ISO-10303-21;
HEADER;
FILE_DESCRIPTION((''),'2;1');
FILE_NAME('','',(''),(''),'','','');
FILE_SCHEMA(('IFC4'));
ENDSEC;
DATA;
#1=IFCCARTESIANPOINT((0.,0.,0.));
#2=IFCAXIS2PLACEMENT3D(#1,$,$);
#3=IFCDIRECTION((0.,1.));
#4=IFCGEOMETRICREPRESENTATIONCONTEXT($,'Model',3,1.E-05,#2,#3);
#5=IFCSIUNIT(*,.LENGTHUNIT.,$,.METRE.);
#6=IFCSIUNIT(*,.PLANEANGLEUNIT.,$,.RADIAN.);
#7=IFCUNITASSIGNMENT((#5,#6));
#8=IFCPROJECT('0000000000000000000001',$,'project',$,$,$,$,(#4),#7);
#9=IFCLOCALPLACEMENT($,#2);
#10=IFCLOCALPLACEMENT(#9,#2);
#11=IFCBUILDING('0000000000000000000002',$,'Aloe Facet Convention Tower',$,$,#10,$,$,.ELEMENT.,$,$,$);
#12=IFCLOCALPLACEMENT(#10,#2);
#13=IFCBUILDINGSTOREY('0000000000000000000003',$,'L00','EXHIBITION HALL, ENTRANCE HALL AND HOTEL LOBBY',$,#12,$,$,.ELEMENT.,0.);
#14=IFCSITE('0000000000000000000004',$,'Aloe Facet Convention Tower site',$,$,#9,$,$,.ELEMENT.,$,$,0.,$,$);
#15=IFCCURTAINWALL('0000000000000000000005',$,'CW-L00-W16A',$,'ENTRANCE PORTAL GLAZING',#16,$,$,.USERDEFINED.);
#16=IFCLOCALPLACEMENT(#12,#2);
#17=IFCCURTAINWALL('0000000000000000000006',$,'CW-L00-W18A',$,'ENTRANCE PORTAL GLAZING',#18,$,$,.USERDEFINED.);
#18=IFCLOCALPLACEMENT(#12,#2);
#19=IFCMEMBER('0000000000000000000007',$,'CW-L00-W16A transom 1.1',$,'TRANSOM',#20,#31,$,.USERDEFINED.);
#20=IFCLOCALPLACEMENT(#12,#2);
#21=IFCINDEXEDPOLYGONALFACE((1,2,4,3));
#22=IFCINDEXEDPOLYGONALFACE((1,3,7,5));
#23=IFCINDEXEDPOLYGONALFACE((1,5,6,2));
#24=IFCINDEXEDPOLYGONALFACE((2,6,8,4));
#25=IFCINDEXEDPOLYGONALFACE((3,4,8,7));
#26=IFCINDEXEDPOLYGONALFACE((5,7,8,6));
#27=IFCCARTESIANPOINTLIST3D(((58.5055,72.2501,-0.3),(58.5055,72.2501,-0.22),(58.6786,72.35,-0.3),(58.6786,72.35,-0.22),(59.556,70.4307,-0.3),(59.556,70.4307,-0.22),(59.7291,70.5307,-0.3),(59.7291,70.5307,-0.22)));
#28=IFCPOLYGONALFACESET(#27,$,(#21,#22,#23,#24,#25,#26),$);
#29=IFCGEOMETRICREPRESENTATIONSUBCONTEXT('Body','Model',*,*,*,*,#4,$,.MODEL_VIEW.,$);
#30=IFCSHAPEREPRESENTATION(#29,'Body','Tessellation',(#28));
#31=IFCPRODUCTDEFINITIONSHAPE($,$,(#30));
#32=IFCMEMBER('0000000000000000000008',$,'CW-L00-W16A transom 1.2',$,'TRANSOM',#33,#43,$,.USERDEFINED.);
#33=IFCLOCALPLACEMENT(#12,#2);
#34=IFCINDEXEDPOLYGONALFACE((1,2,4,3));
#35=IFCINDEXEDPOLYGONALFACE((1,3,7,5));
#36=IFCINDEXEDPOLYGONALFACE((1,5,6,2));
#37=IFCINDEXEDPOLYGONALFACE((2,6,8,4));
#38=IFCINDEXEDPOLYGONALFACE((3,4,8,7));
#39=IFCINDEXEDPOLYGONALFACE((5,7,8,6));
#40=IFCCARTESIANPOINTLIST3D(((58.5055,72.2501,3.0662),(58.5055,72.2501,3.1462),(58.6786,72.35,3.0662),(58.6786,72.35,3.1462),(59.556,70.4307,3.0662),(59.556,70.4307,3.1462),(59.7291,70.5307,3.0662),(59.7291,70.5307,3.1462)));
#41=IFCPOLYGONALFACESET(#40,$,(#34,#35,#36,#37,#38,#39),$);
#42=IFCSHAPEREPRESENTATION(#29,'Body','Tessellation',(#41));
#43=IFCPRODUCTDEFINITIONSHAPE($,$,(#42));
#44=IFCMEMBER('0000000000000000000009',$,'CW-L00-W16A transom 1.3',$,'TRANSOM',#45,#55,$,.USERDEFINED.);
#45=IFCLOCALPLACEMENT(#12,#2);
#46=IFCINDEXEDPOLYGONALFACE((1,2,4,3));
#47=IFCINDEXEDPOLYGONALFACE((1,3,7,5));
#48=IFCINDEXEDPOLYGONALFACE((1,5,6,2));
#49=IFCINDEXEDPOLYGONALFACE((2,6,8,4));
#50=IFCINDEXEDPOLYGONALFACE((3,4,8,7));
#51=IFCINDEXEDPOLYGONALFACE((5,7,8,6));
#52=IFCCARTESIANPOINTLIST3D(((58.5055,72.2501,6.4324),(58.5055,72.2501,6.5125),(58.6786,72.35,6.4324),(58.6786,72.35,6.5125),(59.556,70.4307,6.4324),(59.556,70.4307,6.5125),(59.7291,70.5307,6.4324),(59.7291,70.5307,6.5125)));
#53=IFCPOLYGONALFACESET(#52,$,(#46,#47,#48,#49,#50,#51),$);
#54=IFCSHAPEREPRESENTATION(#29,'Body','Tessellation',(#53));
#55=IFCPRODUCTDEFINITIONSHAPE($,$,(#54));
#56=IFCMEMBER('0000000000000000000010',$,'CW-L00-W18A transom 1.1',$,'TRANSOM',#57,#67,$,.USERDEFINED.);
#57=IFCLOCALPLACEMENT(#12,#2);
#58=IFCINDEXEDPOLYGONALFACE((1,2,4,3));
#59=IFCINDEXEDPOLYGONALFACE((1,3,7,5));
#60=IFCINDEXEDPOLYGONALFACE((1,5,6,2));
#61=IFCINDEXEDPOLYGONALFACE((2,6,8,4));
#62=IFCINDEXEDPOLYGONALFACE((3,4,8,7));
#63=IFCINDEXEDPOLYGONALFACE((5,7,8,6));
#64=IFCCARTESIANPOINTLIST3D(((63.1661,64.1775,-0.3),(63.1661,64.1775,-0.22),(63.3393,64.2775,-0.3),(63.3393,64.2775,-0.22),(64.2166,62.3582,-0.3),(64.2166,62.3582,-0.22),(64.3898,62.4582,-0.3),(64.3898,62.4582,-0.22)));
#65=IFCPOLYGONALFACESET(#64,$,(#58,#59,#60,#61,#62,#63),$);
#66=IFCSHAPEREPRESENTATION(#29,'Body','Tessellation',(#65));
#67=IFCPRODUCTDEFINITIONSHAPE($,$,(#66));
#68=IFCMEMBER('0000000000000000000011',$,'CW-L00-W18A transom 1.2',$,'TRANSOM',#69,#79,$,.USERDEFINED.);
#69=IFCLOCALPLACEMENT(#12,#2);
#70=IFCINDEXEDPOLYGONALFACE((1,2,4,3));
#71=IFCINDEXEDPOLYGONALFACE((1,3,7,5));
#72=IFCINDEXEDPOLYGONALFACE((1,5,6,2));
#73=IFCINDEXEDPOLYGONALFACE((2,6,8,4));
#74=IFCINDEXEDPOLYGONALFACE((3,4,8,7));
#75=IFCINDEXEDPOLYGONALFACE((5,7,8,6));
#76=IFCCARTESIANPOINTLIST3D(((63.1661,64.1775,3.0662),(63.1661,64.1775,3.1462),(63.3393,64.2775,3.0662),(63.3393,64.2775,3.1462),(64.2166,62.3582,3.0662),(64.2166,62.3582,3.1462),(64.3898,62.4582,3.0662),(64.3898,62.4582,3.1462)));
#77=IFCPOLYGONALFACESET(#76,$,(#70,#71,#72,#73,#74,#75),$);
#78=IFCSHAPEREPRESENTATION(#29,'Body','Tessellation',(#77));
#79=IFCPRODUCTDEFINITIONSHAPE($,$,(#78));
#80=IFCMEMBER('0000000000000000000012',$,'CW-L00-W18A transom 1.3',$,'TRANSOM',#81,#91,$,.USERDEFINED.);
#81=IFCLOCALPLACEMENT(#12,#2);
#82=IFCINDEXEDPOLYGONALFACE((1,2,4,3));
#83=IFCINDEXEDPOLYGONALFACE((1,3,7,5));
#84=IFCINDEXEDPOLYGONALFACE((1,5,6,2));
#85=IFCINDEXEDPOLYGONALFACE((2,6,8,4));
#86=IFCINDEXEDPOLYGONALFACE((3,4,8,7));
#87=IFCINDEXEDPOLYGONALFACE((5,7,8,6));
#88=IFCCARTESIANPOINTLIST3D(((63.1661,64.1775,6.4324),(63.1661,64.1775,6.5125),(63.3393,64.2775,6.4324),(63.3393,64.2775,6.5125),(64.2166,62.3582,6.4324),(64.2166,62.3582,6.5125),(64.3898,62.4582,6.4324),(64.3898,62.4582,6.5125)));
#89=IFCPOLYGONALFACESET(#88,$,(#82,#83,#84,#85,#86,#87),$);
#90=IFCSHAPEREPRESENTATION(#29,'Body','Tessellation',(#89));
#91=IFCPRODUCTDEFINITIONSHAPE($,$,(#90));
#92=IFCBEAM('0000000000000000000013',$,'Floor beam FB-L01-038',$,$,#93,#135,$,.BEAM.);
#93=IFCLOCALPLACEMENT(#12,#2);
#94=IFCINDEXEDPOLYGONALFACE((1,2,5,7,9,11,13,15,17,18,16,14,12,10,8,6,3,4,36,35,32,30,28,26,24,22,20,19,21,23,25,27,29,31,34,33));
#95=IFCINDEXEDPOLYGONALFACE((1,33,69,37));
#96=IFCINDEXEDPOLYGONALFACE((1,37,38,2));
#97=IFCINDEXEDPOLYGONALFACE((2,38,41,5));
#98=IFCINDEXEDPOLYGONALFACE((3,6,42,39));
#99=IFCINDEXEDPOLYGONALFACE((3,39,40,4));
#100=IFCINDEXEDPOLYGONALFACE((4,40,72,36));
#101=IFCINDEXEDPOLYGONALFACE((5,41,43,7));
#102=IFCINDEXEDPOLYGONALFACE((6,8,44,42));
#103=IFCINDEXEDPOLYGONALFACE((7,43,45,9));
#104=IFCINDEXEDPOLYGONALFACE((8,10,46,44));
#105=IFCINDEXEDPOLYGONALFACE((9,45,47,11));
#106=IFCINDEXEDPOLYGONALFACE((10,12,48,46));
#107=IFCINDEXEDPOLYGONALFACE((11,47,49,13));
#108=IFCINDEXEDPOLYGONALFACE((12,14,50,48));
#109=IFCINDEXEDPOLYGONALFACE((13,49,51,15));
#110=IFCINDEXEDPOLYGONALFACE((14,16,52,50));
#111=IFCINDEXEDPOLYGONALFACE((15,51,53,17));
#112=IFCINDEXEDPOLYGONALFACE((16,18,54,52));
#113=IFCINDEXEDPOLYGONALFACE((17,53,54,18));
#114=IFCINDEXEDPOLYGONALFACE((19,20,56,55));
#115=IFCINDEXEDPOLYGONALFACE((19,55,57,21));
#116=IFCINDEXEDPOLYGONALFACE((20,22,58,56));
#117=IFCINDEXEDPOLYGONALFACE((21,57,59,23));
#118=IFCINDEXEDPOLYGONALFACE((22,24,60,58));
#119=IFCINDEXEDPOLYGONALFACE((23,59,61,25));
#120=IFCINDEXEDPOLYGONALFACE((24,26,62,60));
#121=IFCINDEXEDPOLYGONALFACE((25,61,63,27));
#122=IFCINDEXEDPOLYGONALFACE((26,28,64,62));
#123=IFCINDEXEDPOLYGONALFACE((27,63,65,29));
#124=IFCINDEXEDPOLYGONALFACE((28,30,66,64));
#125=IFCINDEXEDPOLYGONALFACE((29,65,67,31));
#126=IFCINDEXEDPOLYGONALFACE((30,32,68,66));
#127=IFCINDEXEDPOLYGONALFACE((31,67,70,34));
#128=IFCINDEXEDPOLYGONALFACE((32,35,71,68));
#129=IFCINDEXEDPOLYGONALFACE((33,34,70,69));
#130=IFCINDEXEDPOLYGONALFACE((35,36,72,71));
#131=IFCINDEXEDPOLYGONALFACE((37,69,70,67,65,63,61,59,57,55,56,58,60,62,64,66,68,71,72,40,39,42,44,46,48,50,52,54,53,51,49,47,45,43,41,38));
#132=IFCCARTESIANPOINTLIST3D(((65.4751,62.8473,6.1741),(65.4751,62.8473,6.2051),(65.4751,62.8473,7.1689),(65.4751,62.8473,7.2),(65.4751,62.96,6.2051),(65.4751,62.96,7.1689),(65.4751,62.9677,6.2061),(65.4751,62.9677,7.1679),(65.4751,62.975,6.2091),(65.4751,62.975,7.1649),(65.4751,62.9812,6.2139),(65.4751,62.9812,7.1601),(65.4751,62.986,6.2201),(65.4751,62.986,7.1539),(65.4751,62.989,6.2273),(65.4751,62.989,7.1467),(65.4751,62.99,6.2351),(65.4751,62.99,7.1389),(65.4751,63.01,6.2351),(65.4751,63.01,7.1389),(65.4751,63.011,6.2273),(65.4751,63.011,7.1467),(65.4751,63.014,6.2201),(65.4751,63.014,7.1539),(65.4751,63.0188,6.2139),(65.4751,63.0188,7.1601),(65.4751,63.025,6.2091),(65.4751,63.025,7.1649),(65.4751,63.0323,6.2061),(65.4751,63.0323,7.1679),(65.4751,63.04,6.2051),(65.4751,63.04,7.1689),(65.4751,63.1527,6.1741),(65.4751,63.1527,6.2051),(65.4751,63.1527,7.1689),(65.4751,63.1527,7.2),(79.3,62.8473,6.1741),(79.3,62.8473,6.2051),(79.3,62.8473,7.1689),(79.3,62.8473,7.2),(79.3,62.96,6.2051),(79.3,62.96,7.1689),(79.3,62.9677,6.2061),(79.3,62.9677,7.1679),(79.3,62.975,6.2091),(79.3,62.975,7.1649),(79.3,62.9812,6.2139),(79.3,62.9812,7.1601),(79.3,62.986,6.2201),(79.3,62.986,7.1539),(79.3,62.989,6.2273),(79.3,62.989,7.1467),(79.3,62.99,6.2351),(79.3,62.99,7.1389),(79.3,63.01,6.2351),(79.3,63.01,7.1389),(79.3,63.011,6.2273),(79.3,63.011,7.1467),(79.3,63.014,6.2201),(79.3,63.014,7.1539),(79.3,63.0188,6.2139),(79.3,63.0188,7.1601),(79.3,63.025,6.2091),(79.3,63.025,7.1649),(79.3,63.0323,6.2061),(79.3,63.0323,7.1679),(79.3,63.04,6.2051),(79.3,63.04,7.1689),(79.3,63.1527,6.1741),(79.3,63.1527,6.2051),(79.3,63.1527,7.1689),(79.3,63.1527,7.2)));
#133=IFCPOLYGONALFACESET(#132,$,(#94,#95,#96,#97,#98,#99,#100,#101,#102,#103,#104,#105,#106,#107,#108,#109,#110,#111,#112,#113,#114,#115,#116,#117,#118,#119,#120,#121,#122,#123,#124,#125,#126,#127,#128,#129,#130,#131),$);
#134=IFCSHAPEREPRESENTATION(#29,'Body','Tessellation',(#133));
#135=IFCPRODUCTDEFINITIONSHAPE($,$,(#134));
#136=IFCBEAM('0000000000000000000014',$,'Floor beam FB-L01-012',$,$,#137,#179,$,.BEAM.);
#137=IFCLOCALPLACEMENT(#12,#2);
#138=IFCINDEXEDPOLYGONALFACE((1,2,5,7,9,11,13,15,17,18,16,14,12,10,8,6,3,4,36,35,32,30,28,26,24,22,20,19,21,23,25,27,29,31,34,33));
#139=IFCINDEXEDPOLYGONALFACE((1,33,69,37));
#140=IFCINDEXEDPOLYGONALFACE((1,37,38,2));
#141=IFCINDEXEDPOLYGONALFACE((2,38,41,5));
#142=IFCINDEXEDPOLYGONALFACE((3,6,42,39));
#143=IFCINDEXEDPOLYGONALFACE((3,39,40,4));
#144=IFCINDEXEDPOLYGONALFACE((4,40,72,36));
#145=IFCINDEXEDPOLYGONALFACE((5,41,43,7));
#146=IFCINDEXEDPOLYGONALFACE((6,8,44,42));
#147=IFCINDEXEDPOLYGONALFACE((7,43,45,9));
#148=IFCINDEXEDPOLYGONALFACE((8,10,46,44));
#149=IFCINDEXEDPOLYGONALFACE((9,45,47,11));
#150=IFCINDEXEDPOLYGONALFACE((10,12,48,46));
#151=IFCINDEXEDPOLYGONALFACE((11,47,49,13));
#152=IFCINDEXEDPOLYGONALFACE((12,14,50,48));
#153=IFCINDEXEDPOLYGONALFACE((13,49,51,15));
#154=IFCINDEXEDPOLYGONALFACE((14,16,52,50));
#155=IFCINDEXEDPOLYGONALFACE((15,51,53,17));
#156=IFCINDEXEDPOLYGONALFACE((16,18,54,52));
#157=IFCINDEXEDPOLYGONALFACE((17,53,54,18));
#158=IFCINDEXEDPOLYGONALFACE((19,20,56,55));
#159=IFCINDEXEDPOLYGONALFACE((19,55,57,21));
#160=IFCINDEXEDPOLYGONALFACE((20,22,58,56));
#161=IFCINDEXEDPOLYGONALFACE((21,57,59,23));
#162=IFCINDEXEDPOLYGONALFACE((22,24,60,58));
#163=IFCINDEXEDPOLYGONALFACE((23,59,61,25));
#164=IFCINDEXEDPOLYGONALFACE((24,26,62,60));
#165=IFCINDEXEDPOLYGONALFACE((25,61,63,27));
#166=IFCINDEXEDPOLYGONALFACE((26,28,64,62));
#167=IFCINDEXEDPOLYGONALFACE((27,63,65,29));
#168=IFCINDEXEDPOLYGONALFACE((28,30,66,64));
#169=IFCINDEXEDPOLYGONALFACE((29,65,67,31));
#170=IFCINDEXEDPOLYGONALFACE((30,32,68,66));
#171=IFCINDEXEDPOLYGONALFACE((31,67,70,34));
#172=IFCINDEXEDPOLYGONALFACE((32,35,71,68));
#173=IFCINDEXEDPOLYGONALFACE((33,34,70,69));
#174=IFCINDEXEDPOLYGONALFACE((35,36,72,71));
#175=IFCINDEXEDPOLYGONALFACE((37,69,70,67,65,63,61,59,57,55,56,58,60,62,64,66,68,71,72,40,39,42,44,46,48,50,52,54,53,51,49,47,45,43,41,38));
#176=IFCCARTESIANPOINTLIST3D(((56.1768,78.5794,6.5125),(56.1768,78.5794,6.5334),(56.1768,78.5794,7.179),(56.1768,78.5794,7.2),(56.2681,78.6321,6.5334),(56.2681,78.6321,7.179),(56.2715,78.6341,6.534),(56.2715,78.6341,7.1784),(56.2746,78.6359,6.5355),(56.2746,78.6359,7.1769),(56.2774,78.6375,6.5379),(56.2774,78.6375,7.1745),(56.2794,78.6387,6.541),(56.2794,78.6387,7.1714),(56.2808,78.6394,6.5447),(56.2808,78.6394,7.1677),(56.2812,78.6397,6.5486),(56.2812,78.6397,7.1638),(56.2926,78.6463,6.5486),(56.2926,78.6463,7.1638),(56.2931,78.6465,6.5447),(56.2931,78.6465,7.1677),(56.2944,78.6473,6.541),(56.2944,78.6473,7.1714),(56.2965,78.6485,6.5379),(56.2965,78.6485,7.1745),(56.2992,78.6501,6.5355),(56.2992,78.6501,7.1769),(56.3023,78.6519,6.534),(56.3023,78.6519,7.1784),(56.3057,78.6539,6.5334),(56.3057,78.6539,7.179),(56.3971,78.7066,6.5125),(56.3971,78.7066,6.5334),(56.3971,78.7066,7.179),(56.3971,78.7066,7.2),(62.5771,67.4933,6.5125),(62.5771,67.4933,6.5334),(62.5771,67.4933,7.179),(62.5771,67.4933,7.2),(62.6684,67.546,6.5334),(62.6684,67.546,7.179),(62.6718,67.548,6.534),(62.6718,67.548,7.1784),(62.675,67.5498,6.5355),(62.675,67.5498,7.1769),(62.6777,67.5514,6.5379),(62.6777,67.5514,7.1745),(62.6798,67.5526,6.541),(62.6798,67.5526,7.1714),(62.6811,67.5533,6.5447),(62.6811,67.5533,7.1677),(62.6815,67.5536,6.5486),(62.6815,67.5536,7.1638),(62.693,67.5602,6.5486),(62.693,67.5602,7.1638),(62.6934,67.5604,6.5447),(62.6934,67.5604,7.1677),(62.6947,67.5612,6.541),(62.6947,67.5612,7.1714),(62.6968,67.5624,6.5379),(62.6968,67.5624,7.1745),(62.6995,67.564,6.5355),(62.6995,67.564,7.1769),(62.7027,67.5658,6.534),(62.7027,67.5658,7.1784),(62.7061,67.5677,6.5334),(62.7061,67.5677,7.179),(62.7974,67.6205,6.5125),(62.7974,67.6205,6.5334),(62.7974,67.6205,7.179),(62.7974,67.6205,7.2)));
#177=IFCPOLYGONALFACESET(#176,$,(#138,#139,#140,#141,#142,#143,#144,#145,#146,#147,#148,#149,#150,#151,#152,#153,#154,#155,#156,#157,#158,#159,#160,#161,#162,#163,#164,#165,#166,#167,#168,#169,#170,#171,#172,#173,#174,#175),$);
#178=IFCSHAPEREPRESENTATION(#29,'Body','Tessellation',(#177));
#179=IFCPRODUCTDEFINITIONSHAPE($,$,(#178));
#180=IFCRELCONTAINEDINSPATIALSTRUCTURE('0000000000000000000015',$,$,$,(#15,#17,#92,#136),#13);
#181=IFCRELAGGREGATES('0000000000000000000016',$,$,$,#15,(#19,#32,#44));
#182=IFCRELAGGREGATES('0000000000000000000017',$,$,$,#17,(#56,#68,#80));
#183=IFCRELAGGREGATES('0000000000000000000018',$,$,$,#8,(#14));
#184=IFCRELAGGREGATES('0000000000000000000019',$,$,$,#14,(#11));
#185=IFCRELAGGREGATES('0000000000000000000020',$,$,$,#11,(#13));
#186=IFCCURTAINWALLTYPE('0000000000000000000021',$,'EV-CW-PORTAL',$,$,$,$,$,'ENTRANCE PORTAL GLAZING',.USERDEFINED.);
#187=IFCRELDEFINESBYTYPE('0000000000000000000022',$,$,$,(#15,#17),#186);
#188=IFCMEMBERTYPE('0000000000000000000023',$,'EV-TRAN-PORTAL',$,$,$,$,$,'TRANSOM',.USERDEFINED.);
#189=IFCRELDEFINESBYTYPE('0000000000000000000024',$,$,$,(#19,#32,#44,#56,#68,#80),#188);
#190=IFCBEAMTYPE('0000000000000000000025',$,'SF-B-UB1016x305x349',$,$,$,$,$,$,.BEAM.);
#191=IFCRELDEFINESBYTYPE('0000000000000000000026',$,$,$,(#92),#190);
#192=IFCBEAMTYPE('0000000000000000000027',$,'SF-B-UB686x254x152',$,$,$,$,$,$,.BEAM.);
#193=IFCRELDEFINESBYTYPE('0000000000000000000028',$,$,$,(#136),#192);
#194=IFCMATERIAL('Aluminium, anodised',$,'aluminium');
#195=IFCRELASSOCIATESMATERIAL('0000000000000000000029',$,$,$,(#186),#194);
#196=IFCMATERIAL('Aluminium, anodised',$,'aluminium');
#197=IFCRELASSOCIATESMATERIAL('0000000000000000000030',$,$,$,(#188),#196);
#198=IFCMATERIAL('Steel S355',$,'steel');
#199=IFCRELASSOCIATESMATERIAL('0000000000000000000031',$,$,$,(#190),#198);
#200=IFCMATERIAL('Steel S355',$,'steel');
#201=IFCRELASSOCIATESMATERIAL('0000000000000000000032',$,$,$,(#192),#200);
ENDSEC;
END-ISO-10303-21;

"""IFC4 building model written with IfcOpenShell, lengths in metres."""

from ifc_helpers import new_model, si_unit, direction, frame, origin, origin_2d, place, context, subcontext, project, spatial, rectangle, i_section, extrude, material, material_profile, profile_set, type_object, element, aggregate, save


model = new_model("IFC4")

# Units and contexts
model_context = context("Model", 3, precision=1e-05, world=origin(), true_north=direction((0.0, 1.0)))
body_context = subcontext(model_context, "Body", "Model", "MODEL_VIEW")
ifc_project = project(units=[si_unit("LENGTHUNIT", "METRE"), si_unit("PLANEANGLEUNIT", "RADIAN")], contexts=[model_context])

# Site, building, storey
site_placement = place(None, origin())
site = spatial("IfcSite", under=ifc_project, at=site_placement, Name="Aloe Facet Convention Tower site", CompositionType="ELEMENT", RefElevation=0.0)
building_placement = place(site_placement, origin())
building = spatial("IfcBuilding", under=site, at=building_placement, Name="Aloe Facet Convention Tower", CompositionType="ELEMENT")
storey_placement = place(building_placement, origin())
storey = spatial("IfcBuildingStorey", under=building, at=storey_placement, Name="L00", Description="EXHIBITION HALL, ENTRANCE HALL AND HOTEL LOBBY", CompositionType="ELEMENT", Elevation=0.0)

# Curtain walls
ifc_material_1 = material(Name="Aluminium, anodised", Category="aluminium")
curtain_wall_type = type_object("IfcCurtainWallType", Name="EV-CW-PORTAL", ElementType="ENTRANCE PORTAL GLAZING", PredefinedType="USERDEFINED", material=ifc_material_1)
curtain_wall_1_placement = place(storey_placement, origin())
curtain_wall_1 = element("IfcCurtainWall", 1, at=curtain_wall_1_placement, inside=storey, type_object=curtain_wall_type, Name="CW-L00-W16A", ObjectType="ENTRANCE PORTAL GLAZING", PredefinedType="USERDEFINED")
curtain_wall_2_placement = place(storey_placement, origin())
curtain_wall_2 = element("IfcCurtainWall", 2, at=curtain_wall_2_placement, inside=storey, type_object=curtain_wall_type, Name="CW-L00-W18A", ObjectType="ENTRANCE PORTAL GLAZING", PredefinedType="USERDEFINED")

# Members
ifc_material_2 = material(Name="Aluminium, anodised", Category="aluminium")
ifc_material_profile_1 = material_profile(ifc_material_2, rectangle(XDim=0.2, YDim=0.0801, at=origin_2d()), Name="AL 200x80")
ifc_profile_set_1 = profile_set([ifc_material_profile_1], Name="Aluminium, anodised")
member_type_1 = type_object("IfcMemberType", Name="EV-TRAN-PORTAL", ElementType="TRANSOM", PredefinedType="USERDEFINED", material=ifc_profile_set_1)
member_1_placement = place(storey_placement, frame((58.592, 72.3, -0.26), z_axis=(0.500051, -0.865996, 0.0), x_axis=(0.865996, 0.500051, 0.0)))
member_1 = element("IfcMember", 3, at=member_1_placement, type_object=member_type_1, Name="CW-L00-W16A transom 1.1", ObjectType="TRANSOM", PredefinedType="USERDEFINED", context=body_context, shape_type="SweptSolid", body=[
    extrude(rectangle(XDim=0.2, YDim=0.0801, at=origin_2d()), origin(), (0.0, 0.0, 1.0), 2.1008),
])
member_2_placement = place(storey_placement, frame((58.592, 72.3, 3.1062), z_axis=(0.500051, -0.865996, 0.0), x_axis=(0.865996, 0.500051, 0.0)))
member_2 = element("IfcMember", 4, at=member_2_placement, type_object=member_type_1, Name="CW-L00-W16A transom 1.2", ObjectType="TRANSOM", PredefinedType="USERDEFINED", context=body_context, shape_type="SweptSolid", body=[
    extrude(rectangle(XDim=0.2, YDim=0.0801, at=origin_2d()), origin(), (0.0, 0.0, 1.0), 2.1008),
])
member_3_placement = place(storey_placement, frame((58.592, 72.3, 6.4724), z_axis=(0.500051, -0.865996, 0.0), x_axis=(0.865996, 0.500051, 0.0)))
member_3 = element("IfcMember", 5, at=member_3_placement, type_object=member_type_1, Name="CW-L00-W16A transom 1.3", ObjectType="TRANSOM", PredefinedType="USERDEFINED", context=body_context, shape_type="SweptSolid", body=[
    extrude(rectangle(XDim=0.2, YDim=0.0801, at=origin_2d()), origin(), (0.0, 0.0, 1.0), 2.1008),
])
member_4_placement = place(storey_placement, frame((63.2527, 64.2275, -0.26), z_axis=(0.500051, -0.865996, 0.0), x_axis=(0.865996, 0.500051, 0.0)))
member_4 = element("IfcMember", 6, at=member_4_placement, type_object=member_type_1, Name="CW-L00-W18A transom 1.1", ObjectType="TRANSOM", PredefinedType="USERDEFINED", context=body_context, shape_type="SweptSolid", body=[
    extrude(rectangle(XDim=0.2, YDim=0.0801, at=origin_2d()), origin(), (0.0, 0.0, 1.0), 2.1008),
])
member_5_placement = place(storey_placement, frame((63.2527, 64.2275, 3.1062), z_axis=(0.500051, -0.865996, 0.0), x_axis=(0.865996, 0.500051, 0.0)))
member_5 = element("IfcMember", 7, at=member_5_placement, type_object=member_type_1, Name="CW-L00-W18A transom 1.2", ObjectType="TRANSOM", PredefinedType="USERDEFINED", context=body_context, shape_type="SweptSolid", body=[
    extrude(rectangle(XDim=0.2, YDim=0.0801, at=origin_2d()), origin(), (0.0, 0.0, 1.0), 2.1008),
])
member_6_placement = place(storey_placement, frame((63.2527, 64.2275, 6.4724), z_axis=(0.500051, -0.865996, 0.0), x_axis=(0.865996, 0.500051, 0.0)))
member_6 = element("IfcMember", 8, at=member_6_placement, type_object=member_type_1, Name="CW-L00-W18A transom 1.3", ObjectType="TRANSOM", PredefinedType="USERDEFINED", context=body_context, shape_type="SweptSolid", body=[
    extrude(rectangle(XDim=0.2, YDim=0.0801, at=origin_2d()), origin(), (0.0, 0.0, 1.0), 2.1008),
])

# Beams
ifc_material_3 = material(Name="Steel S355", Category="steel")
ifc_material_profile_2 = material_profile(ifc_material_3, i_section(OverallWidth=0.3054, OverallDepth=1.0259, WebThickness=0.02, FlangeThickness=0.031, FilletRadius=0.03, at=origin_2d()), Name="UB 1016x305x349")
ifc_profile_set_2 = profile_set([ifc_material_profile_2], Name="Steel S355")
beam_type_1 = type_object("IfcBeamType", Name="SF-B-UB1016x305x349", PredefinedType="BEAM", material=ifc_profile_set_2)
beam_1_placement = place(storey_placement, frame((65.4751, 63.0, 6.687), z_axis=(1.0, 0.0, 0.0), x_axis=(0.0, 1.0, 0.0)))
element("IfcBeam", 9, at=beam_1_placement, inside=storey, type_object=beam_type_1, Name="Floor beam FB-L01-038", PredefinedType="BEAM", context=body_context, shape_type="SweptSolid", body=[
    extrude(i_section(OverallWidth=0.3054, OverallDepth=1.0259, WebThickness=0.02, FlangeThickness=0.031, FilletRadius=0.03, at=origin_2d()), origin(), (0.0, 0.0, 1.0), 13.825),
])
ifc_material_4 = material(Name="Steel S355", Category="steel")
ifc_material_profile_3 = material_profile(ifc_material_4, i_section(OverallWidth=0.2544, OverallDepth=0.6875, WebThickness=0.0132, FlangeThickness=0.021, FilletRadius=0.0151, at=origin_2d()), Name="UB 686x254x152")
ifc_profile_set_3 = profile_set([ifc_material_profile_3], Name="Steel S355")
beam_type_2 = type_object("IfcBeamType", Name="SF-B-UB686x254x152", PredefinedType="BEAM", material=ifc_profile_set_3)
beam_2_placement = place(storey_placement, frame((62.6873, 67.5569, 6.8562), z_axis=(-0.499987, 0.866033, 0.0), x_axis=(-0.866033, -0.499987, 0.0)))
element("IfcBeam", 10, at=beam_2_placement, inside=storey, type_object=beam_type_2, Name="Floor beam FB-L01-012", PredefinedType="BEAM", context=body_context, shape_type="SweptSolid", body=[
    extrude(i_section(OverallWidth=0.2544, OverallDepth=0.6875, WebThickness=0.0132, FlangeThickness=0.021, FilletRadius=0.0151, at=origin_2d()), origin(), (0.0, 0.0, 1.0), 12.801),
])

aggregate(curtain_wall_1, [member_1, member_2, member_3])
aggregate(curtain_wall_2, [member_4, member_5, member_6])

save(model, "model.ifc")
